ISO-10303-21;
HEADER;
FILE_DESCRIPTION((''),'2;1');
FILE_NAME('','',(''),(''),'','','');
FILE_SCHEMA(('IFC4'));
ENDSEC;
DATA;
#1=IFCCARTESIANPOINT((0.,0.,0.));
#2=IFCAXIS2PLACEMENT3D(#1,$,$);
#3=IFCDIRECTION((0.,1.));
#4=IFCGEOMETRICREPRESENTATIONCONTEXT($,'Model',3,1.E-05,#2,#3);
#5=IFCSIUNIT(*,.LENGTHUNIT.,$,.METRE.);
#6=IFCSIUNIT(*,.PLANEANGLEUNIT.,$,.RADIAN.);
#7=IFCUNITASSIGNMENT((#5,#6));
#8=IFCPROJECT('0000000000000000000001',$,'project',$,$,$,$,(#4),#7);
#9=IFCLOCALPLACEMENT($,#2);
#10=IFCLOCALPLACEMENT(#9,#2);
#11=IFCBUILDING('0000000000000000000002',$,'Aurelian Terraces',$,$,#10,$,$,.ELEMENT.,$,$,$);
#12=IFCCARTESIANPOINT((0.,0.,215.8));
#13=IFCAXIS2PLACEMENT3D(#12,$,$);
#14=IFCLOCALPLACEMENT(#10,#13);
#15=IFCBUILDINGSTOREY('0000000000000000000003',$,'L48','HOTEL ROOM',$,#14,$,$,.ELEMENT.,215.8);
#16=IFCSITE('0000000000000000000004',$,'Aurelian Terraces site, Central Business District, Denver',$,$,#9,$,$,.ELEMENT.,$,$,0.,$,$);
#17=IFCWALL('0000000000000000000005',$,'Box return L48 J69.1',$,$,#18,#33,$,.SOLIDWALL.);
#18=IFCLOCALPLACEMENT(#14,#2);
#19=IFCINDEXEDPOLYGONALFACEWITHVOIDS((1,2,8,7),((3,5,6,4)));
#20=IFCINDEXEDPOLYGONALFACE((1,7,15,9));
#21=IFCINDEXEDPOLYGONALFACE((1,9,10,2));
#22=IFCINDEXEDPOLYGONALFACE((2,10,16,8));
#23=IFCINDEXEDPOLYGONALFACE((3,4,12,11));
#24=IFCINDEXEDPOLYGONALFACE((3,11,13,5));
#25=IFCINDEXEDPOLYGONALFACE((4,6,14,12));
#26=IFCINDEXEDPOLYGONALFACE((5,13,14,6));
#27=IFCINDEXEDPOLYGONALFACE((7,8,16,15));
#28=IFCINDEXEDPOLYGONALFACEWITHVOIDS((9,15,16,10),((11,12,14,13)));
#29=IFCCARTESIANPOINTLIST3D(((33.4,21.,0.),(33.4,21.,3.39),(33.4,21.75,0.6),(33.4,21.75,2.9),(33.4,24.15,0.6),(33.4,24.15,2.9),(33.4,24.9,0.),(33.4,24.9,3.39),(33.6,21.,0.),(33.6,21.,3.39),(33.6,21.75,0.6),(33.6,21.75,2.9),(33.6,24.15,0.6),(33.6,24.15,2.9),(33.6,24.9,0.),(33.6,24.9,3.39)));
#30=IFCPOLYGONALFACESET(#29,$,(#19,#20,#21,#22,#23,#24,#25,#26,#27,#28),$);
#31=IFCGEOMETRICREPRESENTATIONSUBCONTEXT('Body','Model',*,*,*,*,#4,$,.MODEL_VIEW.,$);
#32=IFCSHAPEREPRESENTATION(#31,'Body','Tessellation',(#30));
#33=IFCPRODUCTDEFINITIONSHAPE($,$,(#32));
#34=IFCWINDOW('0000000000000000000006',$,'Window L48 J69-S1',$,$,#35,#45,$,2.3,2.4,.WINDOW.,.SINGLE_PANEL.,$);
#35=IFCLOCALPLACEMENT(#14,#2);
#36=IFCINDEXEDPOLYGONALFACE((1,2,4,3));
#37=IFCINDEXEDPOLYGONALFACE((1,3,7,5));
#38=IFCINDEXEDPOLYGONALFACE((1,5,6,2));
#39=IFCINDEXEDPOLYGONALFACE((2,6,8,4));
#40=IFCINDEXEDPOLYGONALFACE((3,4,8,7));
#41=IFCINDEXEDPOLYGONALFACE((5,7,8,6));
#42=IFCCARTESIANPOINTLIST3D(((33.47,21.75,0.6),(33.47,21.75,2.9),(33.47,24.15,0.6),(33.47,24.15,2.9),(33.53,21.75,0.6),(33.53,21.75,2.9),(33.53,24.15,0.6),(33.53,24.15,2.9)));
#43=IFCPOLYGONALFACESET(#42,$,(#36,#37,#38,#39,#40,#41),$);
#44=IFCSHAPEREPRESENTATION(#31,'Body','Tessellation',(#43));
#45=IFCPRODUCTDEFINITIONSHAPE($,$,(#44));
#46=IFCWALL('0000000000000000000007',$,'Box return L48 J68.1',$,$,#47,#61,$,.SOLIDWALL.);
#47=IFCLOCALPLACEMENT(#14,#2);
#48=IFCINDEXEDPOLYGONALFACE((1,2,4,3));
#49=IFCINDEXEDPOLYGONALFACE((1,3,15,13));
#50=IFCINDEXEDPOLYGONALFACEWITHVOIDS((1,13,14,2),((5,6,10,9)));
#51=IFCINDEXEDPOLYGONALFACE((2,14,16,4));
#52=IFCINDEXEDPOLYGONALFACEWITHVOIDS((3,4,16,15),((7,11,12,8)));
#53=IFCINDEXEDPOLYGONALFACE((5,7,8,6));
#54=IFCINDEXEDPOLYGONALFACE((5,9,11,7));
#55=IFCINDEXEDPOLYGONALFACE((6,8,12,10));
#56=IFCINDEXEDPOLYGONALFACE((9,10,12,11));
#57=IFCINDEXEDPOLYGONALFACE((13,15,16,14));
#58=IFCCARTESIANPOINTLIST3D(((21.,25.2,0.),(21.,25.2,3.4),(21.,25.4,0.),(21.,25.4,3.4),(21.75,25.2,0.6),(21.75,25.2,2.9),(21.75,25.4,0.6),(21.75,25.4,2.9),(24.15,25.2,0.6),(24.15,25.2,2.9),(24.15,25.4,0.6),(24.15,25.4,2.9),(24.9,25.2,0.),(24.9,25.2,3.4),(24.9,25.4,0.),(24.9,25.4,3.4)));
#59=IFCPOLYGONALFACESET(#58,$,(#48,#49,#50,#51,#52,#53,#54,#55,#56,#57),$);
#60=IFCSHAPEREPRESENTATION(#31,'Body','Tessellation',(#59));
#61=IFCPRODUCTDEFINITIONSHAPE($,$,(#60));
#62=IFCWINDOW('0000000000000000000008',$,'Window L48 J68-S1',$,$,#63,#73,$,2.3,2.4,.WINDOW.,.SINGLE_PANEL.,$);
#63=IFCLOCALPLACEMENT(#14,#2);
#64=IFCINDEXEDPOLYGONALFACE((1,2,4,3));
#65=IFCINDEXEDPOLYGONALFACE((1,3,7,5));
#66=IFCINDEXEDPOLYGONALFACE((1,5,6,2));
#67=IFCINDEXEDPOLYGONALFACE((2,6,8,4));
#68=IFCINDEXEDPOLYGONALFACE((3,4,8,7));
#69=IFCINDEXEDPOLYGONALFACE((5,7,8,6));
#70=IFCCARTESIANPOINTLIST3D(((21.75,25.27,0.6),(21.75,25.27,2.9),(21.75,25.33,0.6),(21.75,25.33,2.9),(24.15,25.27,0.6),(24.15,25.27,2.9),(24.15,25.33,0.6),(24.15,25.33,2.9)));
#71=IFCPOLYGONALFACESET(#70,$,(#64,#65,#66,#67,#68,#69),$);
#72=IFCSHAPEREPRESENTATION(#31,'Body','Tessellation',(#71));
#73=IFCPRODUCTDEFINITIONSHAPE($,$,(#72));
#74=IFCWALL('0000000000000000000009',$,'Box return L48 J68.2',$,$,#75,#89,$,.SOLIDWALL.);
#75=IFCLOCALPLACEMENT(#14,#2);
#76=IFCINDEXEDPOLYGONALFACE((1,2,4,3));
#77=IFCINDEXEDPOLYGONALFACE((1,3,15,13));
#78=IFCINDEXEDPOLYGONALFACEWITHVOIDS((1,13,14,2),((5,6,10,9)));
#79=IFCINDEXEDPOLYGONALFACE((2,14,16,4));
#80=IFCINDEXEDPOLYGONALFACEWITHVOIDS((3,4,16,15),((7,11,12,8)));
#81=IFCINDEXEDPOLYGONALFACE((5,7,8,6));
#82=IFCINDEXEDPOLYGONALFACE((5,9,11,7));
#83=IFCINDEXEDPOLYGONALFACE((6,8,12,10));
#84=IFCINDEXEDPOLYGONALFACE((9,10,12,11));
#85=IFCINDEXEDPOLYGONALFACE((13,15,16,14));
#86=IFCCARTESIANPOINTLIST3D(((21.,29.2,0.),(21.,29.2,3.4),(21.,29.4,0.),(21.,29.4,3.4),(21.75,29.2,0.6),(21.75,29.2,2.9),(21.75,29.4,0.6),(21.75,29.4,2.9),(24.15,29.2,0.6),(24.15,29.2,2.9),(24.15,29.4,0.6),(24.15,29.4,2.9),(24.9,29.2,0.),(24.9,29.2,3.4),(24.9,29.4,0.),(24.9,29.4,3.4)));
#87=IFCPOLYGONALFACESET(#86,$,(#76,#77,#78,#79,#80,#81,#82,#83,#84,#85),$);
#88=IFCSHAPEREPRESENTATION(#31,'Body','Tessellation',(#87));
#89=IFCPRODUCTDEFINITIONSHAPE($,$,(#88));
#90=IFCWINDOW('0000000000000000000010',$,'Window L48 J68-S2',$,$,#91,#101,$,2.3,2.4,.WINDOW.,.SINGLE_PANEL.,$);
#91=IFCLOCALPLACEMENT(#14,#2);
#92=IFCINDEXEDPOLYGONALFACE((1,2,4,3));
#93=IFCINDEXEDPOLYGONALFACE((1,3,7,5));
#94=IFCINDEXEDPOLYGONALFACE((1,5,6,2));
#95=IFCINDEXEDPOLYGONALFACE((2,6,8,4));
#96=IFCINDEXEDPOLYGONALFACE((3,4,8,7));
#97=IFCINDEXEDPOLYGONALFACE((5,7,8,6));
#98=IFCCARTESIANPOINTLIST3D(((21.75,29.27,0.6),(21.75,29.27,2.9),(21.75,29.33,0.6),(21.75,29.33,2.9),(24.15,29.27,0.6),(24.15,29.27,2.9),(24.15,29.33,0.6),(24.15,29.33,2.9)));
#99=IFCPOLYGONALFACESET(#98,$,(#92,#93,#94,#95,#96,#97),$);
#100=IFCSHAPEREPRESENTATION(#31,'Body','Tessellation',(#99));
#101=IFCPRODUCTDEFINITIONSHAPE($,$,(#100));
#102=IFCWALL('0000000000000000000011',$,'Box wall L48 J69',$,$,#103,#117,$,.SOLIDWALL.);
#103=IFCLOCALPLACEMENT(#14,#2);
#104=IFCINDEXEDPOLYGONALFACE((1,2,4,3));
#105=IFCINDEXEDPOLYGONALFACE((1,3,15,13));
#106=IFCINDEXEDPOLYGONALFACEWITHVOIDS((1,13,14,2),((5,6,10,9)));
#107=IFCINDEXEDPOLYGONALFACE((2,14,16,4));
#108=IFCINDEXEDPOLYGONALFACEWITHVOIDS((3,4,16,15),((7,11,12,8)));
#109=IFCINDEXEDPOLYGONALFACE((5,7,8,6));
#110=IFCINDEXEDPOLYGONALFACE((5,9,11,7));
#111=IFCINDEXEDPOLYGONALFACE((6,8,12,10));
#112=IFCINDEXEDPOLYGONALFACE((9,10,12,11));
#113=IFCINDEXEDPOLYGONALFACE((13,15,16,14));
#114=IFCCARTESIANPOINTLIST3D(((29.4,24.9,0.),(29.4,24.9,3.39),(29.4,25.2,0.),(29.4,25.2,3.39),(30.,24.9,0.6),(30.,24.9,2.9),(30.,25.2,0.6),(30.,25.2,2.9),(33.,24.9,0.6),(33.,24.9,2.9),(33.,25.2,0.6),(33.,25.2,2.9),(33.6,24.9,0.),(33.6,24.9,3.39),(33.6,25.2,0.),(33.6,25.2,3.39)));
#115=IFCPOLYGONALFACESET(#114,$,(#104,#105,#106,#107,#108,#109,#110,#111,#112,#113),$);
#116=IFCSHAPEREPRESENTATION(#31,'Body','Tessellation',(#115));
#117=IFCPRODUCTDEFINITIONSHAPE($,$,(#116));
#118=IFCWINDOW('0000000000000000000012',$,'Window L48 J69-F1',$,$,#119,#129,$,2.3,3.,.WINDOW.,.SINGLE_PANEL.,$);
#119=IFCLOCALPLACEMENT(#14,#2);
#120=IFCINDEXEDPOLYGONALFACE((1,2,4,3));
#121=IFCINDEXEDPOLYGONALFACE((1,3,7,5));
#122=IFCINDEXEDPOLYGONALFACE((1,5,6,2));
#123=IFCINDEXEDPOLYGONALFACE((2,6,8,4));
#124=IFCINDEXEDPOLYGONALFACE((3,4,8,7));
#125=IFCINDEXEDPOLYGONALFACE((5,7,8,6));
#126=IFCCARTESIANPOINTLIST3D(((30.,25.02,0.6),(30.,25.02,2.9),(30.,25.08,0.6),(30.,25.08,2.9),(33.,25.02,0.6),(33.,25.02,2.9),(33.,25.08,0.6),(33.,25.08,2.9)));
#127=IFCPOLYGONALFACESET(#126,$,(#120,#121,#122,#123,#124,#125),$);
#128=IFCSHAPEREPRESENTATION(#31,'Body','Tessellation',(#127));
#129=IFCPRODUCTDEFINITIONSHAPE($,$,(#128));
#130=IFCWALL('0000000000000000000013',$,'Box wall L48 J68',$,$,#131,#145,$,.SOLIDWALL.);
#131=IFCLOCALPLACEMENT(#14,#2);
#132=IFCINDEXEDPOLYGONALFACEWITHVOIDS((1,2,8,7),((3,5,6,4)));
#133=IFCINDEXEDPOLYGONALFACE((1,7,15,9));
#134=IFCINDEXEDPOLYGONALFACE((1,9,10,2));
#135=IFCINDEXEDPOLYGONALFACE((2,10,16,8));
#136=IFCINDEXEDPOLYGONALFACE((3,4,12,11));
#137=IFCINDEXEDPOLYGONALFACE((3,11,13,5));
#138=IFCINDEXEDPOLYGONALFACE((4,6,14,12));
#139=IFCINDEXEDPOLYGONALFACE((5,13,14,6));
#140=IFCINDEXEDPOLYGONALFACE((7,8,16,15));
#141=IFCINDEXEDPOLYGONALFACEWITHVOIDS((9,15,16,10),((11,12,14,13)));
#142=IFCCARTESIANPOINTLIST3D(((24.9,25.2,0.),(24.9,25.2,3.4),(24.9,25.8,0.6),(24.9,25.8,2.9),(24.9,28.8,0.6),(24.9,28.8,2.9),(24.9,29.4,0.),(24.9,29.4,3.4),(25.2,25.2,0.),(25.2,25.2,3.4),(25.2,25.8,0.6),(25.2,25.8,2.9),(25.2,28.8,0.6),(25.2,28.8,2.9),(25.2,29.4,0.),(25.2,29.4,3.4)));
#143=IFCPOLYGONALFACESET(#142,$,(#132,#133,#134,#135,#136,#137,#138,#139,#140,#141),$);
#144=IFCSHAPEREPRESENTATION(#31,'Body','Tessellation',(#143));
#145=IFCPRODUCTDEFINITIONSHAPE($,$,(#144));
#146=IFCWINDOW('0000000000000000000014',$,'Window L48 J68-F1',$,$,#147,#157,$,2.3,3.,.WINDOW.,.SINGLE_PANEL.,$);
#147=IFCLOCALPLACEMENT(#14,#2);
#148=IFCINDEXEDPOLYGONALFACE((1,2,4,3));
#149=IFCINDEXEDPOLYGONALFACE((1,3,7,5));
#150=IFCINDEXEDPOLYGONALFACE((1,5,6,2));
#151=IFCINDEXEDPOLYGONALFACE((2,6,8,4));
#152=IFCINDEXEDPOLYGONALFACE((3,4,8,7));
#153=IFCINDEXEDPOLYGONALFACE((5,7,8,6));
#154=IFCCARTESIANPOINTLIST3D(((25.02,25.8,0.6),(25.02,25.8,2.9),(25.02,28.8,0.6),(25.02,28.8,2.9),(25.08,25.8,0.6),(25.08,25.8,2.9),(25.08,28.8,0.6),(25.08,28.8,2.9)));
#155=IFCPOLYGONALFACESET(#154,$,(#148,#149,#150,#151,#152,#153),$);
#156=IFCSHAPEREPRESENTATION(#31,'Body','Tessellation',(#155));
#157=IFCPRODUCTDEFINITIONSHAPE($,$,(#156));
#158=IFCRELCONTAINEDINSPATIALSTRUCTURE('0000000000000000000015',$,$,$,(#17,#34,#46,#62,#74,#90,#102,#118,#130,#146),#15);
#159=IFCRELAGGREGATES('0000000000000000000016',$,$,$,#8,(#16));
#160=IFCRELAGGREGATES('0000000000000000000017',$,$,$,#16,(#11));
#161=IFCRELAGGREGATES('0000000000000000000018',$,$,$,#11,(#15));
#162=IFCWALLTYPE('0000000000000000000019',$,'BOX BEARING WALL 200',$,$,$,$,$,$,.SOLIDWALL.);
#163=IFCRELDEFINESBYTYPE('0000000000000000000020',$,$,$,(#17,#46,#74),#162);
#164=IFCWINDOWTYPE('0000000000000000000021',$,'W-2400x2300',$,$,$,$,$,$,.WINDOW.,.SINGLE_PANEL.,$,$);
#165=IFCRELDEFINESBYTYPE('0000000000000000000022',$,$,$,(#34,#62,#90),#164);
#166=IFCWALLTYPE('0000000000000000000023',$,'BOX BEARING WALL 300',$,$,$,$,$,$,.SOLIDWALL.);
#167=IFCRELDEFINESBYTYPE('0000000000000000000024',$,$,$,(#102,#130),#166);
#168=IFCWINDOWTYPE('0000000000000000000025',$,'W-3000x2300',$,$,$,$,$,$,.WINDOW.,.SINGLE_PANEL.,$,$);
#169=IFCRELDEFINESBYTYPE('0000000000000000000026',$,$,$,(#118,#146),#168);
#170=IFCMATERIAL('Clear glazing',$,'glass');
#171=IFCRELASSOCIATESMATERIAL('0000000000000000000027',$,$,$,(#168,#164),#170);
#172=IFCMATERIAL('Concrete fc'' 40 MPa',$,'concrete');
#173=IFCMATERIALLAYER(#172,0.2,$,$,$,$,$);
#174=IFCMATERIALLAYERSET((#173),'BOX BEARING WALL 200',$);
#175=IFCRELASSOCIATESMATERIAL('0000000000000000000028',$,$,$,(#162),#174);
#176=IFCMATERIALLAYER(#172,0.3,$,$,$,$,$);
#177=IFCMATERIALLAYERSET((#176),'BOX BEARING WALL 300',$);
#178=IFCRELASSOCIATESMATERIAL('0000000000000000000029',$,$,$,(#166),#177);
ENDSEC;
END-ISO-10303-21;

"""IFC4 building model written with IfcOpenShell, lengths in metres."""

from ifc_helpers import new_model, si_unit, direction, frame, frame_2d, origin, place, context, subcontext, project, spatial, rectangle, extrude, source, transform, mapped, material, layer, layer_set, type_object, element, fill, save


model = new_model("IFC4")

# Units and contexts
model_context = context("Model", 3, precision=1e-05, world=origin(), true_north=direction((0.0, 1.0)))
body_context = subcontext(model_context, "Body", "Model", "MODEL_VIEW")
ifc_project = project(units=[si_unit("LENGTHUNIT", "METRE"), si_unit("PLANEANGLEUNIT", "RADIAN")], contexts=[model_context])

# Site, building, storey
site_placement = place(None, origin())
site = spatial("IfcSite", under=ifc_project, at=site_placement, Name="Aurelian Terraces site, Central Business District, Denver", CompositionType="ELEMENT", RefElevation=0.0)
building_placement = place(site_placement, origin())
building = spatial("IfcBuilding", under=site, at=building_placement, Name="Aurelian Terraces", CompositionType="ELEMENT")
storey_placement = place(building_placement, frame((0.0, 0.0, 215.8)))
storey = spatial("IfcBuildingStorey", under=building, at=storey_placement, Name="L48", Description="HOTEL ROOM", CompositionType="ELEMENT", Elevation=215.8)

# Shared definitions
ifc_material_1 = material(Name="Concrete fc' 40 MPa", Category="concrete")

# Shared definitions
ifc_material_2 = material(Name="Clear glazing", Category="glass")

# Walls, openings, windows
shared_shape_1 = source(origin(), body_context, "Body", "SweptSolid", [
    extrude(rectangle(XDim=3.0, YDim=2.3, at=frame_2d((1.5, 1.15))), frame((0.0, 0.16, 0.0), z_axis=(0.0, -1.0, 0.0), x_axis=(1.0, 0.0, 0.0)), (0.0, 0.0, 1.0), 0.32),
])
window_type_1 = type_object("IfcWindowType", Name="W-3000x2300", PartitioningType="SINGLE_PANEL", PredefinedType="WINDOW", material=ifc_material_2)
shared_shape_2 = source(origin(), body_context, "Body", "SweptSolid", [
    extrude(rectangle(XDim=3.0, YDim=2.3, at=frame_2d((1.5, 1.15))), frame((0.0, 0.03, 0.0), z_axis=(0.0, -1.0, 0.0), x_axis=(1.0, 0.0, 0.0)), (0.0, 0.0, 1.0), 0.06),
])
ifc_layer_1 = layer(ifc_material_1, 0.2)
ifc_layer_set_1 = layer_set([ifc_layer_1], Name="BOX BEARING WALL 200")
wall_type_1 = type_object("IfcWallType", Name="BOX BEARING WALL 200", PredefinedType="SOLIDWALL", material=ifc_layer_set_1)
shared_shape_3 = source(origin(), body_context, "Body", "SweptSolid", [
    extrude(rectangle(XDim=3.9, YDim=0.2, at=frame_2d((1.95, 0.0))), origin(), (0.0, 0.0, 1.0), 3.39),
])
wall_1_placement = place(storey_placement, frame((33.5, 21.0, 0.0), z_axis=(0.0, 0.0, 1.0), x_axis=(0.0, 1.0, 0.0)))
wall_1 = element("IfcWall", 1, at=wall_1_placement, inside=storey, type_object=wall_type_1, Name="Box return L48 J69.1", PredefinedType="SOLIDWALL", context=body_context, shape_type="MappedRepresentation", body=[
    mapped(shared_shape_3, transform((0.0, 0.0, 0.0), scale=1.0)),
])
shared_shape_4 = source(origin(), body_context, "Body", "SweptSolid", [
    extrude(rectangle(XDim=2.4, YDim=2.3, at=frame_2d((1.2, 1.15))), frame((0.0, 0.11, 0.0), z_axis=(0.0, -1.0, 0.0), x_axis=(1.0, 0.0, 0.0)), (0.0, 0.0, 1.0), 0.22),
])
opening_1_placement = place(wall_1_placement, frame((0.75, 0.0, 0.6)))
opening_1 = element("IfcOpeningElement", 2, at=opening_1_placement, cuts=wall_1, PredefinedType="OPENING", context=body_context, shape_type="MappedRepresentation", body=[
    mapped(shared_shape_4, transform((0.0, 0.0, 0.0), scale=1.0)),
])
window_type_2 = type_object("IfcWindowType", Name="W-2400x2300", PartitioningType="SINGLE_PANEL", PredefinedType="WINDOW", material=ifc_material_2)
shared_shape_5 = source(origin(), body_context, "Body", "SweptSolid", [
    extrude(rectangle(XDim=2.4, YDim=2.3, at=frame_2d((1.2, 1.15))), frame((0.0, 0.03, 0.0), z_axis=(0.0, -1.0, 0.0), x_axis=(1.0, 0.0, 0.0)), (0.0, 0.0, 1.0), 0.06),
])
window_1_placement = place(opening_1_placement, origin())
window_1 = element("IfcWindow", 3, at=window_1_placement, inside=storey, type_object=window_type_2, Name="Window L48 J69-S1", OverallHeight=2.3, OverallWidth=2.4, PartitioningType="SINGLE_PANEL", PredefinedType="WINDOW", context=body_context, shape_type="MappedRepresentation", body=[
    mapped(shared_shape_5, transform((0.0, 0.0, 0.0), scale=1.0)),
])
fill(opening_1, window_1)
shared_shape_6 = source(origin(), body_context, "Body", "SweptSolid", [
    extrude(rectangle(XDim=3.9, YDim=0.2, at=frame_2d((1.95, 0.0))), origin(), (0.0, 0.0, 1.0), 3.4),
])
wall_2_placement = place(storey_placement, frame((21.0, 25.3, 0.0), z_axis=(0.0, 0.0, 1.0), x_axis=(1.0, 0.0, 0.0)))
wall_2 = element("IfcWall", 4, at=wall_2_placement, inside=storey, type_object=wall_type_1, Name="Box return L48 J68.1", PredefinedType="SOLIDWALL", context=body_context, shape_type="MappedRepresentation", body=[
    mapped(shared_shape_6, transform((0.0, 0.0, 0.0), scale=1.0)),
])
opening_2_placement = place(wall_2_placement, frame((0.75, 0.0, 0.6)))
opening_2 = element("IfcOpeningElement", 5, at=opening_2_placement, cuts=wall_2, PredefinedType="OPENING", context=body_context, shape_type="MappedRepresentation", body=[
    mapped(shared_shape_4, transform((0.0, 0.0, 0.0), scale=1.0)),
])
window_2_placement = place(opening_2_placement, origin())
window_2 = element("IfcWindow", 6, at=window_2_placement, inside=storey, type_object=window_type_2, Name="Window L48 J68-S1", OverallHeight=2.3, OverallWidth=2.4, PartitioningType="SINGLE_PANEL", PredefinedType="WINDOW", context=body_context, shape_type="MappedRepresentation", body=[
    mapped(shared_shape_5, transform((0.0, 0.0, 0.0), scale=1.0)),
])
fill(opening_2, window_2)
wall_3_placement = place(storey_placement, frame((21.0, 29.3, 0.0), z_axis=(0.0, 0.0, 1.0), x_axis=(1.0, 0.0, 0.0)))
wall_3 = element("IfcWall", 7, at=wall_3_placement, inside=storey, type_object=wall_type_1, Name="Box return L48 J68.2", PredefinedType="SOLIDWALL", context=body_context, shape_type="MappedRepresentation", body=[
    mapped(shared_shape_6, transform((0.0, 0.0, 0.0), scale=1.0)),
])
opening_3_placement = place(wall_3_placement, frame((0.75, 0.0, 0.6)))
opening_3 = element("IfcOpeningElement", 8, at=opening_3_placement, cuts=wall_3, PredefinedType="OPENING", context=body_context, shape_type="MappedRepresentation", body=[
    mapped(shared_shape_4, transform((0.0, 0.0, 0.0), scale=1.0)),
])
window_3_placement = place(opening_3_placement, origin())
window_3 = element("IfcWindow", 9, at=window_3_placement, inside=storey, type_object=window_type_2, Name="Window L48 J68-S2", OverallHeight=2.3, OverallWidth=2.4, PartitioningType="SINGLE_PANEL", PredefinedType="WINDOW", context=body_context, shape_type="MappedRepresentation", body=[
    mapped(shared_shape_5, transform((0.0, 0.0, 0.0), scale=1.0)),
])
fill(opening_3, window_3)
ifc_layer_2 = layer(ifc_material_1, 0.3)
ifc_layer_set_2 = layer_set([ifc_layer_2], Name="BOX BEARING WALL 300")
wall_type_2 = type_object("IfcWallType", Name="BOX BEARING WALL 300", PredefinedType="SOLIDWALL", material=ifc_layer_set_2)
shared_shape_7 = source(origin(), body_context, "Body", "SweptSolid", [
    extrude(rectangle(XDim=4.2, YDim=0.3, at=frame_2d((2.1, 0.0))), origin(), (0.0, 0.0, 1.0), 3.39),
])
wall_4_placement = place(storey_placement, frame((33.6, 25.05, 0.0), z_axis=(0.0, 0.0, 1.0), x_axis=(-1.0, 0.0, 0.0)))
wall_4 = element("IfcWall", 10, at=wall_4_placement, inside=storey, type_object=wall_type_2, Name="Box wall L48 J69", PredefinedType="SOLIDWALL", context=body_context, shape_type="MappedRepresentation", body=[
    mapped(shared_shape_7, transform((0.0, 0.0, 0.0), scale=1.0)),
])
opening_4_placement = place(wall_4_placement, frame((0.6, 0.0, 0.6)))
opening_4 = element("IfcOpeningElement", 11, at=opening_4_placement, cuts=wall_4, PredefinedType="OPENING", context=body_context, shape_type="MappedRepresentation", body=[
    mapped(shared_shape_1, transform((0.0, 0.0, 0.0), scale=1.0)),
])
window_4_placement = place(opening_4_placement, origin())
window_4 = element("IfcWindow", 12, at=window_4_placement, inside=storey, type_object=window_type_1, Name="Window L48 J69-F1", OverallHeight=2.3, OverallWidth=3.0, PartitioningType="SINGLE_PANEL", PredefinedType="WINDOW", context=body_context, shape_type="MappedRepresentation", body=[
    mapped(shared_shape_2, transform((0.0, 0.0, 0.0), scale=1.0)),
])
fill(opening_4, window_4)
shared_shape_8 = source(origin(), body_context, "Body", "SweptSolid", [
    extrude(rectangle(XDim=4.2, YDim=0.3, at=frame_2d((2.1, 0.0))), origin(), (0.0, 0.0, 1.0), 3.4),
])
wall_5_placement = place(storey_placement, frame((25.05, 25.2, 0.0), z_axis=(0.0, 0.0, 1.0), x_axis=(0.0, 1.0, 0.0)))
wall_5 = element("IfcWall", 13, at=wall_5_placement, inside=storey, type_object=wall_type_2, Name="Box wall L48 J68", PredefinedType="SOLIDWALL", context=body_context, shape_type="MappedRepresentation", body=[
    mapped(shared_shape_8, transform((0.0, 0.0, 0.0), scale=1.0)),
])
opening_5_placement = place(wall_5_placement, frame((0.6, 0.0, 0.6)))
opening_5 = element("IfcOpeningElement", 14, at=opening_5_placement, cuts=wall_5, PredefinedType="OPENING", context=body_context, shape_type="MappedRepresentation", body=[
    mapped(shared_shape_1, transform((0.0, 0.0, 0.0), scale=1.0)),
])
window_5_placement = place(opening_5_placement, origin())
window_5 = element("IfcWindow", 15, at=window_5_placement, inside=storey, type_object=window_type_1, Name="Window L48 J68-F1", OverallHeight=2.3, OverallWidth=3.0, PartitioningType="SINGLE_PANEL", PredefinedType="WINDOW", context=body_context, shape_type="MappedRepresentation", body=[
    mapped(shared_shape_2, transform((0.0, 0.0, 0.0), scale=1.0)),
])
fill(opening_5, window_5)

save(model, "model.ifc")
